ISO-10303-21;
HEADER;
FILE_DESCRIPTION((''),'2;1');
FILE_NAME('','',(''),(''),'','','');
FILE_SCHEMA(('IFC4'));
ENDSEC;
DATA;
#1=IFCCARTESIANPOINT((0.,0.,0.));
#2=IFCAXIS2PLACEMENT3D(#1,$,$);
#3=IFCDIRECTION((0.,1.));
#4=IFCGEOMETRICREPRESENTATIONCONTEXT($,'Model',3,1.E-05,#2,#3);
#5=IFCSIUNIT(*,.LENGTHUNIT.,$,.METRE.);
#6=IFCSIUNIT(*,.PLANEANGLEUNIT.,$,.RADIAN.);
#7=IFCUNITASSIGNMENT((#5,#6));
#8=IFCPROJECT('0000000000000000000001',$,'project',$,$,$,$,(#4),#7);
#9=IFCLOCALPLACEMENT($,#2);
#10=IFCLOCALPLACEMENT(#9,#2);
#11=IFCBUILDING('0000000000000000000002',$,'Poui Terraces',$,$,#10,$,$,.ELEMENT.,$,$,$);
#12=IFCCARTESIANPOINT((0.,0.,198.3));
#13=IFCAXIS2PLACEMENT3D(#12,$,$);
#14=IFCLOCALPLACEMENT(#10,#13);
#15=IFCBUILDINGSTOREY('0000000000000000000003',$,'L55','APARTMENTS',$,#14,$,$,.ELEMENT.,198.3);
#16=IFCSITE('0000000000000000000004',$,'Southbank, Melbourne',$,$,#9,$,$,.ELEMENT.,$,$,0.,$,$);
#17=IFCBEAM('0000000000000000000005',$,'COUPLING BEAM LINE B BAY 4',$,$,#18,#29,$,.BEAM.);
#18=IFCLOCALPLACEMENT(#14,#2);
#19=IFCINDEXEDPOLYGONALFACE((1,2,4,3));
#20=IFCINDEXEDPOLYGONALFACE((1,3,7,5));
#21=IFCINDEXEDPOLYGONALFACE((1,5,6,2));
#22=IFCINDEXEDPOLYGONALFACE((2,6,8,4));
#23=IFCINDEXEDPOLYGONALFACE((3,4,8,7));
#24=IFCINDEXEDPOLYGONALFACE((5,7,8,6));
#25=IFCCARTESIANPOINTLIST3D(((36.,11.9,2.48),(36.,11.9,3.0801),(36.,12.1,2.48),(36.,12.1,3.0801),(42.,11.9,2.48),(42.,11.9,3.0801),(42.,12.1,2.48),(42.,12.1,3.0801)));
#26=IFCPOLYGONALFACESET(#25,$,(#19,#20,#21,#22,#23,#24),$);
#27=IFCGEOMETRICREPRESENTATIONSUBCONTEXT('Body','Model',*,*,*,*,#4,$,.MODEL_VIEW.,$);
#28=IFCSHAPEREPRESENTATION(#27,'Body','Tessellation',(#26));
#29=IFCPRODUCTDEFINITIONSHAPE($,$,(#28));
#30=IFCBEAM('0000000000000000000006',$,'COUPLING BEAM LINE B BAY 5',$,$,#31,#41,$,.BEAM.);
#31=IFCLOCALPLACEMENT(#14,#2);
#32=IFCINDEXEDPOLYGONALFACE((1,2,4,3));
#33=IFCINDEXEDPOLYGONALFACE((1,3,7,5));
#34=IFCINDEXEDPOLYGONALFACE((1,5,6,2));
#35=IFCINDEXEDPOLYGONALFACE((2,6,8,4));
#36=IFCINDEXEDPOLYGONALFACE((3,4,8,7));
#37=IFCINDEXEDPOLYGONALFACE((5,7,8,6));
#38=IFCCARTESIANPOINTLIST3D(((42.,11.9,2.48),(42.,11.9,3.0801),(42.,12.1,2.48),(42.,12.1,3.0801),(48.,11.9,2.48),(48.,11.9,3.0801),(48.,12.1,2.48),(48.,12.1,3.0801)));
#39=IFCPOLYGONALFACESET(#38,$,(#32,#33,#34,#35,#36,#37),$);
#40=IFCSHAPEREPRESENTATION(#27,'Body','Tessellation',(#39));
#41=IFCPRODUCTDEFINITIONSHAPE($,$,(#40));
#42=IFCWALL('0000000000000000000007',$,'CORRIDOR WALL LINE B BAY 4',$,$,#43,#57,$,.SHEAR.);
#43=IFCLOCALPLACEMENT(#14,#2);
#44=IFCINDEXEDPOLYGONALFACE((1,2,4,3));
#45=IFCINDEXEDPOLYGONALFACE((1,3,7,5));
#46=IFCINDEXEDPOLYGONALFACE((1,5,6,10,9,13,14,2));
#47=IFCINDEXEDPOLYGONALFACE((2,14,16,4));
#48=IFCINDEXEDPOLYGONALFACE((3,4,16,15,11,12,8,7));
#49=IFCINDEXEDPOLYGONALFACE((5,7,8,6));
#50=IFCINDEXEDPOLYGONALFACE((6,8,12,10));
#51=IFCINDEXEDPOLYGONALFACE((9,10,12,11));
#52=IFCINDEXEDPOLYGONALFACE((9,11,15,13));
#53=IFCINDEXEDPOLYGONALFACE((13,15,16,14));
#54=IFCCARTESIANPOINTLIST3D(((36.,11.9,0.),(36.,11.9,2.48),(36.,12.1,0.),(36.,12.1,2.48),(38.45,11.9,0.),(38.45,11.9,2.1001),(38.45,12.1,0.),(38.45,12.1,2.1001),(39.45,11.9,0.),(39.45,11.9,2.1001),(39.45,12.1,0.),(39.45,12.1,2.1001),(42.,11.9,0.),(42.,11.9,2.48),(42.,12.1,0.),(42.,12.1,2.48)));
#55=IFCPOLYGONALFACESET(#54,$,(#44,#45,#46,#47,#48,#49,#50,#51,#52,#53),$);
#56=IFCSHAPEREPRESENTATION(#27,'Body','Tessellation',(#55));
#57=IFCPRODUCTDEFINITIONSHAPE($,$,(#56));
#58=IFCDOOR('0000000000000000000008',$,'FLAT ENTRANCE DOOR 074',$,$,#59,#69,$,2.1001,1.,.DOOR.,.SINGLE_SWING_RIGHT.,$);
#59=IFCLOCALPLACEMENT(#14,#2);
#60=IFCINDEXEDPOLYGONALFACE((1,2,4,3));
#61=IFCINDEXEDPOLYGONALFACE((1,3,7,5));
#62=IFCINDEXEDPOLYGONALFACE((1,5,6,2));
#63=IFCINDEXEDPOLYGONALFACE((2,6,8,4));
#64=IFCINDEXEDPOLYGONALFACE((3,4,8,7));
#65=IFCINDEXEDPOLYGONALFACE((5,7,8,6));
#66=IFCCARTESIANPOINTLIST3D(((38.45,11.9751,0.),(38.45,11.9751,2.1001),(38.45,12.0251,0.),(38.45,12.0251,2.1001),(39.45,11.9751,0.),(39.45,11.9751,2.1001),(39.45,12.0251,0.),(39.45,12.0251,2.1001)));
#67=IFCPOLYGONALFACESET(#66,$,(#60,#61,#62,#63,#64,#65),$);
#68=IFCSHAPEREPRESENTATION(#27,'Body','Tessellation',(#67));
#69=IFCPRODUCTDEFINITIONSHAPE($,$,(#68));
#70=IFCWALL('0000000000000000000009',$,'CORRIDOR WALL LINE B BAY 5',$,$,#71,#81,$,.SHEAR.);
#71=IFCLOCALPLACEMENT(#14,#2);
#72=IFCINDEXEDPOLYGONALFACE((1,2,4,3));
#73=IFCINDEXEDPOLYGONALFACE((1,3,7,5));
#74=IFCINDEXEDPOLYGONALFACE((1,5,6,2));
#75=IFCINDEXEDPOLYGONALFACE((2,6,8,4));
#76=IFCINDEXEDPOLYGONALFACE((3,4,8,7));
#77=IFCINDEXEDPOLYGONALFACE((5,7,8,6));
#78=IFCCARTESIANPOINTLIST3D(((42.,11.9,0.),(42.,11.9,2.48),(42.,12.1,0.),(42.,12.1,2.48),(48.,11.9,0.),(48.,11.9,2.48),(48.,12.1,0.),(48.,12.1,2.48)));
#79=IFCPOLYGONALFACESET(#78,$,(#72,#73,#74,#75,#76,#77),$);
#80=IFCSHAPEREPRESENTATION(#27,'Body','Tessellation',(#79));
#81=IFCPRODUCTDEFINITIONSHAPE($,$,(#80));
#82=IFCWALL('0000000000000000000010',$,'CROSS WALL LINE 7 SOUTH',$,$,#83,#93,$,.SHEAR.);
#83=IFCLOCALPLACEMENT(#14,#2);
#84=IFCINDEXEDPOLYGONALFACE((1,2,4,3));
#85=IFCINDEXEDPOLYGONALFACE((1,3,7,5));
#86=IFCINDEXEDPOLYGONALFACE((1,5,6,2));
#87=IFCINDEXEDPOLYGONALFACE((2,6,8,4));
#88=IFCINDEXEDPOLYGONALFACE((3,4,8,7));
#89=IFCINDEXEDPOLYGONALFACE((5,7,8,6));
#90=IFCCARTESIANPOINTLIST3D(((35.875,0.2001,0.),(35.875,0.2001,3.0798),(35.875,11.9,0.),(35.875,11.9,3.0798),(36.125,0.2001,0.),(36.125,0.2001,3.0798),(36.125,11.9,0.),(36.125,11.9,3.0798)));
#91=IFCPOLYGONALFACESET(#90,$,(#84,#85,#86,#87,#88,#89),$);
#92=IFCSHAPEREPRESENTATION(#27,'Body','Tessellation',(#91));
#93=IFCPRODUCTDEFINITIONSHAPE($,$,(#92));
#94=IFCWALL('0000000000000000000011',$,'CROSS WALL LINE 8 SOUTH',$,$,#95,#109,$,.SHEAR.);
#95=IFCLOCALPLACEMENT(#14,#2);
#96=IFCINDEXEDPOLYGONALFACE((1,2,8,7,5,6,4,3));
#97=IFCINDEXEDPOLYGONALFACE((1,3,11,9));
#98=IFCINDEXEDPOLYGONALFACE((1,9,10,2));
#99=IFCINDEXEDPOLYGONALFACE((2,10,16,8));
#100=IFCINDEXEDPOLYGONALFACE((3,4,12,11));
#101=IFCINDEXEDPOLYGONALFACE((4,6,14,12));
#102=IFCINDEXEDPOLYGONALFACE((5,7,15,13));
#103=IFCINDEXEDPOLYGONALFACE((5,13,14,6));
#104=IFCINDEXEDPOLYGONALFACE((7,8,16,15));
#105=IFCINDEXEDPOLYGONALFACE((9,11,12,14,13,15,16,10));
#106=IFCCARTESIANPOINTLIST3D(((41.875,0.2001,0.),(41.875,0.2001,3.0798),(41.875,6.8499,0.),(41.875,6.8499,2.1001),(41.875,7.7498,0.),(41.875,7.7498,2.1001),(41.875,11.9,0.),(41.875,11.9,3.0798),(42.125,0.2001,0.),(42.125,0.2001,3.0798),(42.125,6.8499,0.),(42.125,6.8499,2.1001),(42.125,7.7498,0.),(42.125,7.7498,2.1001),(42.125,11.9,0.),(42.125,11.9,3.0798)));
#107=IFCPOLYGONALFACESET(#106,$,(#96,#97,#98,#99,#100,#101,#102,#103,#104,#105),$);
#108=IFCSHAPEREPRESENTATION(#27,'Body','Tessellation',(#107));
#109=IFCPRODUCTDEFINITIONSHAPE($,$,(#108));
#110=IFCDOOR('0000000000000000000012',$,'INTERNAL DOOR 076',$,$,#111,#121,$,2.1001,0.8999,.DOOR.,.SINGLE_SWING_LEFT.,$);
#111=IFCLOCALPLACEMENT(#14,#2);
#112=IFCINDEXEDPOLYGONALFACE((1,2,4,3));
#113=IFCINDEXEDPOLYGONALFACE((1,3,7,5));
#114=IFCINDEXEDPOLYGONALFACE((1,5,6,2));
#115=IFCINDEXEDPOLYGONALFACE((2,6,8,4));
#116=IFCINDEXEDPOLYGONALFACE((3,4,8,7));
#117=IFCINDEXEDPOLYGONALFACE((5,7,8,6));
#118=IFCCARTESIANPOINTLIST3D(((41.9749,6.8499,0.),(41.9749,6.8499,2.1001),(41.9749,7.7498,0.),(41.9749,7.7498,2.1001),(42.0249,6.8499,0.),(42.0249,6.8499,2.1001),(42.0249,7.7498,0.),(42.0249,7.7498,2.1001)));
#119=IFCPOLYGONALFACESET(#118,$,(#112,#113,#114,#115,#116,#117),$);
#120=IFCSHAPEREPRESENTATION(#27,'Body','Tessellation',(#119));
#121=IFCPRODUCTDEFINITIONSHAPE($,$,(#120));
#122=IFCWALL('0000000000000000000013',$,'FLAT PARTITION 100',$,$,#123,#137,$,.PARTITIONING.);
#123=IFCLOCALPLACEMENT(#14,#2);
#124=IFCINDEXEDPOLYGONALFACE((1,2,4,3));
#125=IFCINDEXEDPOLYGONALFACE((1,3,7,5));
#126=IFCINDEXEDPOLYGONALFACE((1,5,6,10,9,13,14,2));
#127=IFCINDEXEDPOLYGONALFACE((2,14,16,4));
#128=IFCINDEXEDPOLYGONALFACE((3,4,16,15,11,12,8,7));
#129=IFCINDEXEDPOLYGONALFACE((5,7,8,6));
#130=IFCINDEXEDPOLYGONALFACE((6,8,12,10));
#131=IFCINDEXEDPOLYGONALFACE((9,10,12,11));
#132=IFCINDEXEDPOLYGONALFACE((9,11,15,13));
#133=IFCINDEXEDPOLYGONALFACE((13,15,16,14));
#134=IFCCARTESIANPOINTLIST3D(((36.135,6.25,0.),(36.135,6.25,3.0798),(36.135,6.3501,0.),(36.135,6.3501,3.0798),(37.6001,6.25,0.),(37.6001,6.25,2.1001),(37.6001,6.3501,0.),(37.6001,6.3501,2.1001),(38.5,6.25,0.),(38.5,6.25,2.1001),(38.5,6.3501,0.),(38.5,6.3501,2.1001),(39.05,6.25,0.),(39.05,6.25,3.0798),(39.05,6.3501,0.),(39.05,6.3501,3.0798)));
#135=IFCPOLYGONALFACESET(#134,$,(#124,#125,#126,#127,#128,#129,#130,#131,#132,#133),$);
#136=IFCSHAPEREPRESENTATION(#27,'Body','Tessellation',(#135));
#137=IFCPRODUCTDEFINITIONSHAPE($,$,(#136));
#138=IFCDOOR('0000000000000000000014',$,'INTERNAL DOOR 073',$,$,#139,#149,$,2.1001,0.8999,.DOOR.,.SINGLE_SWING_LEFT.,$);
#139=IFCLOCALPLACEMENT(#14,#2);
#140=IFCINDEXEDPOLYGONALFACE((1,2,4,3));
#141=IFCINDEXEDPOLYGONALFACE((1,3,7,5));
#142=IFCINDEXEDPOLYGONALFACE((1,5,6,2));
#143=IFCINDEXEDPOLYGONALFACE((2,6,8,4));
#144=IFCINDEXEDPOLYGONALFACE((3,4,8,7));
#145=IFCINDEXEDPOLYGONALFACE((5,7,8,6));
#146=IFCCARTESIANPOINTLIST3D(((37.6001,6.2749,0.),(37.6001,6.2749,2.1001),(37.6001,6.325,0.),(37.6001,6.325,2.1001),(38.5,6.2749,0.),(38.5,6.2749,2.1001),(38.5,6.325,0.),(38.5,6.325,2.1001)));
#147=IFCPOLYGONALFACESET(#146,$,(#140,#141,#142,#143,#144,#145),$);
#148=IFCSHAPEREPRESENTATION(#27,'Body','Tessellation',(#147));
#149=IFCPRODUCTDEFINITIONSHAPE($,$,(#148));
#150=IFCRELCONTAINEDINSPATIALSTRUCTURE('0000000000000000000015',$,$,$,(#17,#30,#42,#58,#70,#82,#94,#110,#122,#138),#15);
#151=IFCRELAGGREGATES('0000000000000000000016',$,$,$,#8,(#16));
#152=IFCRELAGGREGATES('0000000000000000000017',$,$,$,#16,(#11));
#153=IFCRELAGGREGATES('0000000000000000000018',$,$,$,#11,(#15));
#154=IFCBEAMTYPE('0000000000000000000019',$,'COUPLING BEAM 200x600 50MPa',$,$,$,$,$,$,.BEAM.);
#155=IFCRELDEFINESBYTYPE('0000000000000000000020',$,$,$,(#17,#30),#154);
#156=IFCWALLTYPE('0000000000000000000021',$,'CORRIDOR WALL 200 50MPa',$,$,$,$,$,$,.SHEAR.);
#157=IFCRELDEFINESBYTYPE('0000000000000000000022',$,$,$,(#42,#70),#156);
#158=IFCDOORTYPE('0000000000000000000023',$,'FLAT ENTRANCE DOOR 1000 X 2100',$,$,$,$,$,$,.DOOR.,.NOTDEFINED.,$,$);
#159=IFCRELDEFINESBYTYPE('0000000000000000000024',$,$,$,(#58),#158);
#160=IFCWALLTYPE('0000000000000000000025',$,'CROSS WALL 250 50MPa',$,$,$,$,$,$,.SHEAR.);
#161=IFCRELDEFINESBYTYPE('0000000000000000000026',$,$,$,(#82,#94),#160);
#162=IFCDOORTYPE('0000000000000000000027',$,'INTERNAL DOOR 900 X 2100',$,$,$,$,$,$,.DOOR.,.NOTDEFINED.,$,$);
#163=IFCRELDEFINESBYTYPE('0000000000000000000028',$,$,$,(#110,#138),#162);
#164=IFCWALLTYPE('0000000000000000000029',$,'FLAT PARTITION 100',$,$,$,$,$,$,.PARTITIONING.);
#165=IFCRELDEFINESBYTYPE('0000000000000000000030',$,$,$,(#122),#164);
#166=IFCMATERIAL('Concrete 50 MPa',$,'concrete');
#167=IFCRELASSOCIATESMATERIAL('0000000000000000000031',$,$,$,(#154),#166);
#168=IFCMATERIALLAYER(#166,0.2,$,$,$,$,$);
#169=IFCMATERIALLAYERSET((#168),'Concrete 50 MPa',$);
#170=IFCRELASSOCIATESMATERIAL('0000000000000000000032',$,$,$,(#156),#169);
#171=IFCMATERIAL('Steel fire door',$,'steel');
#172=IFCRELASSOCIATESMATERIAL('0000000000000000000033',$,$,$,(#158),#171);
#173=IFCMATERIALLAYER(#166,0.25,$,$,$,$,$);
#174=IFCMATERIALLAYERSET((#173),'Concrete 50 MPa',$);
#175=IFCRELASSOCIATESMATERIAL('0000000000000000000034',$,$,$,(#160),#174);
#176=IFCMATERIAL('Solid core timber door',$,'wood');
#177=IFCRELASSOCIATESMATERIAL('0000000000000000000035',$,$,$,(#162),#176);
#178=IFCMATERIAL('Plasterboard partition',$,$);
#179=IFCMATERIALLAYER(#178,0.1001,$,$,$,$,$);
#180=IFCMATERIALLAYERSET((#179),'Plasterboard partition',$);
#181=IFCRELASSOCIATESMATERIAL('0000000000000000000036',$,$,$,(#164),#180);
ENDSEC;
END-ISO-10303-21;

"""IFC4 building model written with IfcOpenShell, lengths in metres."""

from ifc_helpers import new_model, si_unit, direction, frame, frame_2d, origin, origin_2d, place, context, subcontext, project, spatial, rectangle, extrude, source, transform, mapped, material, layer, layer_set, material_profile, profile_set, type_object, element, fill, save


model = new_model("IFC4")

# Units and contexts
model_context = context("Model", 3, precision=1e-05, world=origin(), true_north=direction((0.0, 1.0)))
body_context = subcontext(model_context, "Body", "Model", "MODEL_VIEW")
ifc_project = project(units=[si_unit("LENGTHUNIT", "METRE"), si_unit("PLANEANGLEUNIT", "RADIAN")], contexts=[model_context])

# Site, building, storey
site_placement = place(None, origin())
site = spatial("IfcSite", under=ifc_project, at=site_placement, Name="Southbank, Melbourne", CompositionType="ELEMENT", RefElevation=0.0)
building_placement = place(site_placement, origin())
building = spatial("IfcBuilding", under=site, at=building_placement, Name="Poui Terraces", CompositionType="ELEMENT")
storey_placement = place(building_placement, frame((0.0, 0.0, 198.3)))
storey = spatial("IfcBuildingStorey", under=building, at=storey_placement, Name="L55", Description="APARTMENTS", CompositionType="ELEMENT", Elevation=198.3)

# Beams
ifc_material_1 = material(Name="Concrete 50 MPa", Category="concrete")
ifc_material_profile_1 = material_profile(ifc_material_1, rectangle(XDim=0.2, YDim=0.6001, at=origin_2d()), Name="RC 200x600")
ifc_profile_set_1 = profile_set([ifc_material_profile_1], Name="Concrete 50 MPa")
beam_type = type_object("IfcBeamType", Name="COUPLING BEAM 200x600 50MPa", PredefinedType="BEAM", material=ifc_profile_set_1)
shared_shape_1 = source(origin(), body_context, "Body", "SweptSolid", [
    extrude(rectangle(XDim=0.2, YDim=0.6001, at=origin_2d()), origin(), (0.0, 0.0, 1.0), 6.0),
])
for number, where, z_axis, x_axis, name in (
    (1, (36.0, 12.0, 2.78), (1.0, 0.0, 0.0), (0.0, 1.0, 0.0), "COUPLING BEAM LINE B BAY 4"),
    (2, (42.0, 12.0, 2.78), (1.0, 0.0, 0.0), (0.0, 1.0, 0.0), "COUPLING BEAM LINE B BAY 5"),
):
    element("IfcBeam", number, at=place(storey_placement, frame(where, z_axis=z_axis, x_axis=x_axis)), inside=storey, type_object=beam_type, Name=name, PredefinedType="BEAM", context=body_context, shape_type="MappedRepresentation", body=[
        mapped(shared_shape_1, transform((0.0, 0.0, 0.0))),
    ])

# Wall, opening, door
ifc_layer_1 = layer(ifc_material_1, 0.2)
ifc_layer_set_1 = layer_set([ifc_layer_1], Name="Concrete 50 MPa")
wall_type_1 = type_object("IfcWallType", Name="CORRIDOR WALL 200 50MPa", PredefinedType="SHEAR", material=ifc_layer_set_1)
wall_1_placement = place(storey_placement, frame((36.0, 12.0, 0.0), z_axis=(0.0, 0.0, 1.0), x_axis=(1.0, 0.0, 0.0)))
wall_1 = element("IfcWall", 3, at=wall_1_placement, inside=storey, type_object=wall_type_1, Name="CORRIDOR WALL LINE B BAY 4", PredefinedType="SHEAR", context=body_context, shape_type="SweptSolid", body=[
    extrude(rectangle(XDim=6.0, YDim=0.2, at=frame_2d((3.0, 0.0))), origin(), (0.0, 0.0, 1.0), 2.48),
])
opening_1_placement = place(wall_1_placement, frame((2.45, 0.0, 0.0)))
opening_1 = element("IfcOpeningElement", 4, at=opening_1_placement, cuts=wall_1, PredefinedType="OPENING", context=body_context, shape_type="SweptSolid", body=[
    extrude(rectangle(XDim=1.0, YDim=2.1001, at=frame_2d((0.5, 1.05))), frame((0.0, 0.1099, 0.0), z_axis=(0.0, -1.0, 0.0), x_axis=(1.0, 0.0, 0.0)), (0.0, 0.0, 1.0), 0.22),
])
ifc_material_2 = material(Name="Steel fire door", Category="steel")
door_type_1 = type_object("IfcDoorType", Name="FLAT ENTRANCE DOOR 1000 X 2100", OperationType="NOTDEFINED", PredefinedType="DOOR", material=ifc_material_2)
door_1_placement = place(opening_1_placement, frame((1.0, 0.0, 0.0), z_axis=(0.0, 0.0, 1.0), x_axis=(-1.0, 0.0, 0.0)))
door_1 = element("IfcDoor", 5, at=door_1_placement, inside=storey, type_object=door_type_1, Name="FLAT ENTRANCE DOOR 074", OperationType="SINGLE_SWING_RIGHT", OverallHeight=2.1001, OverallWidth=1.0, PredefinedType="DOOR", context=body_context, shape_type="SweptSolid", body=[
    extrude(rectangle(XDim=1.0, YDim=2.1001, at=frame_2d((0.5, 1.05))), frame((0.0, 0.0249, 0.0), z_axis=(0.0, -1.0, 0.0), x_axis=(1.0, 0.0, 0.0)), (0.0, 0.0, 1.0), 0.05),
])
fill(opening_1, door_1)

# Walls
wall_2_placement = place(storey_placement, frame((42.0, 12.0, 0.0), z_axis=(0.0, 0.0, 1.0), x_axis=(1.0, 0.0, 0.0)))
element("IfcWall", 6, at=wall_2_placement, inside=storey, type_object=wall_type_1, Name="CORRIDOR WALL LINE B BAY 5", PredefinedType="SHEAR", context=body_context, shape_type="SweptSolid", body=[
    extrude(rectangle(XDim=6.0, YDim=0.2, at=frame_2d((3.0, 0.0))), origin(), (0.0, 0.0, 1.0), 2.48),
])
ifc_layer_2 = layer(ifc_material_1, 0.25)
ifc_layer_set_2 = layer_set([ifc_layer_2], Name="Concrete 50 MPa")
wall_type_2 = type_object("IfcWallType", Name="CROSS WALL 250 50MPa", PredefinedType="SHEAR", material=ifc_layer_set_2)
wall_3_placement = place(storey_placement, frame((36.0, 0.2, 0.0), z_axis=(0.0, 0.0, 1.0), x_axis=(0.0, 1.0, 0.0)))
element("IfcWall", 7, at=wall_3_placement, inside=storey, type_object=wall_type_2, Name="CROSS WALL LINE 7 SOUTH", PredefinedType="SHEAR", context=body_context, shape_type="SweptSolid", body=[
    extrude(rectangle(XDim=11.7, YDim=0.25, at=frame_2d((5.8501, 0.0))), origin(), (0.0, 0.0, 1.0), 3.0798),
])

# Walls, openings, doors
wall_4_placement = place(storey_placement, frame((42.0, 0.2, 0.0), z_axis=(0.0, 0.0, 1.0), x_axis=(0.0, 1.0, 0.0)))
wall_4 = element("IfcWall", 8, at=wall_4_placement, inside=storey, type_object=wall_type_2, Name="CROSS WALL LINE 8 SOUTH", PredefinedType="SHEAR", context=body_context, shape_type="SweptSolid", body=[
    extrude(rectangle(XDim=11.7, YDim=0.25, at=frame_2d((5.8501, 0.0))), origin(), (0.0, 0.0, 1.0), 3.0798),
])
opening_2_placement = place(wall_4_placement, frame((6.6499, 0.0, 0.0)))
opening_2 = element("IfcOpeningElement", 9, at=opening_2_placement, cuts=wall_4, PredefinedType="OPENING", context=body_context, shape_type="SweptSolid", body=[
    extrude(rectangle(XDim=0.8999, YDim=2.1001, at=frame_2d((0.45, 1.05))), frame((0.0, 0.135, 0.0), z_axis=(0.0, -1.0, 0.0), x_axis=(1.0, 0.0, 0.0)), (0.0, 0.0, 1.0), 0.27),
])
ifc_material_3 = material(Name="Solid core timber door", Category="wood")
door_type_2 = type_object("IfcDoorType", Name="INTERNAL DOOR 900 X 2100", OperationType="NOTDEFINED", PredefinedType="DOOR", material=ifc_material_3)
door_2_placement = place(opening_2_placement, frame((0.8999, 0.0, 0.0), z_axis=(0.0, 0.0, 1.0), x_axis=(-1.0, 0.0, 0.0)))
door_2 = element("IfcDoor", 10, at=door_2_placement, inside=storey, type_object=door_type_2, Name="INTERNAL DOOR 076", OperationType="SINGLE_SWING_LEFT", OverallHeight=2.1001, OverallWidth=0.8999, PredefinedType="DOOR", context=body_context, shape_type="SweptSolid", body=[
    extrude(rectangle(XDim=0.8999, YDim=2.1001, at=frame_2d((0.45, 1.05))), frame((0.0, 0.0249, 0.0), z_axis=(0.0, -1.0, 0.0), x_axis=(1.0, 0.0, 0.0)), (0.0, 0.0, 1.0), 0.05),
])
fill(opening_2, door_2)
ifc_material_4 = material(Name="Plasterboard partition")
ifc_layer_3 = layer(ifc_material_4, 0.1001)
ifc_layer_set_3 = layer_set([ifc_layer_3], Name="Plasterboard partition")
wall_type_3 = type_object("IfcWallType", Name="FLAT PARTITION 100", PredefinedType="PARTITIONING", material=ifc_layer_set_3)
wall_5_placement = place(storey_placement, frame((36.135, 6.3, 0.0), z_axis=(0.0, 0.0, 1.0), x_axis=(1.0, 0.0, 0.0)))
wall_5 = element("IfcWall", 11, at=wall_5_placement, inside=storey, type_object=wall_type_3, Name="FLAT PARTITION 100", PredefinedType="PARTITIONING", context=body_context, shape_type="SweptSolid", body=[
    extrude(rectangle(XDim=2.915, YDim=0.1001, at=frame_2d((1.4575, 0.0))), origin(), (0.0, 0.0, 1.0), 3.0798),
])
opening_3_placement = place(wall_5_placement, frame((1.4651, 0.0, 0.0)))
opening_3 = element("IfcOpeningElement", 12, at=opening_3_placement, cuts=wall_5, PredefinedType="OPENING", context=body_context, shape_type="SweptSolid", body=[
    extrude(rectangle(XDim=0.8999, YDim=2.1001, at=frame_2d((0.45, 1.05))), frame((0.0, 0.0601, 0.0), z_axis=(0.0, -1.0, 0.0), x_axis=(1.0, 0.0, 0.0)), (0.0, 0.0, 1.0), 0.1201),
])
door_3_placement = place(opening_3_placement, origin())
door_3 = element("IfcDoor", 13, at=door_3_placement, inside=storey, type_object=door_type_2, Name="INTERNAL DOOR 073", OperationType="SINGLE_SWING_LEFT", OverallHeight=2.1001, OverallWidth=0.8999, PredefinedType="DOOR", context=body_context, shape_type="SweptSolid", body=[
    extrude(rectangle(XDim=0.8999, YDim=2.1001, at=frame_2d((0.45, 1.05))), frame((0.0, 0.0249, 0.0), z_axis=(0.0, -1.0, 0.0), x_axis=(1.0, 0.0, 0.0)), (0.0, 0.0, 1.0), 0.05),
])
fill(opening_3, door_3)

save(model, "model.ifc")
